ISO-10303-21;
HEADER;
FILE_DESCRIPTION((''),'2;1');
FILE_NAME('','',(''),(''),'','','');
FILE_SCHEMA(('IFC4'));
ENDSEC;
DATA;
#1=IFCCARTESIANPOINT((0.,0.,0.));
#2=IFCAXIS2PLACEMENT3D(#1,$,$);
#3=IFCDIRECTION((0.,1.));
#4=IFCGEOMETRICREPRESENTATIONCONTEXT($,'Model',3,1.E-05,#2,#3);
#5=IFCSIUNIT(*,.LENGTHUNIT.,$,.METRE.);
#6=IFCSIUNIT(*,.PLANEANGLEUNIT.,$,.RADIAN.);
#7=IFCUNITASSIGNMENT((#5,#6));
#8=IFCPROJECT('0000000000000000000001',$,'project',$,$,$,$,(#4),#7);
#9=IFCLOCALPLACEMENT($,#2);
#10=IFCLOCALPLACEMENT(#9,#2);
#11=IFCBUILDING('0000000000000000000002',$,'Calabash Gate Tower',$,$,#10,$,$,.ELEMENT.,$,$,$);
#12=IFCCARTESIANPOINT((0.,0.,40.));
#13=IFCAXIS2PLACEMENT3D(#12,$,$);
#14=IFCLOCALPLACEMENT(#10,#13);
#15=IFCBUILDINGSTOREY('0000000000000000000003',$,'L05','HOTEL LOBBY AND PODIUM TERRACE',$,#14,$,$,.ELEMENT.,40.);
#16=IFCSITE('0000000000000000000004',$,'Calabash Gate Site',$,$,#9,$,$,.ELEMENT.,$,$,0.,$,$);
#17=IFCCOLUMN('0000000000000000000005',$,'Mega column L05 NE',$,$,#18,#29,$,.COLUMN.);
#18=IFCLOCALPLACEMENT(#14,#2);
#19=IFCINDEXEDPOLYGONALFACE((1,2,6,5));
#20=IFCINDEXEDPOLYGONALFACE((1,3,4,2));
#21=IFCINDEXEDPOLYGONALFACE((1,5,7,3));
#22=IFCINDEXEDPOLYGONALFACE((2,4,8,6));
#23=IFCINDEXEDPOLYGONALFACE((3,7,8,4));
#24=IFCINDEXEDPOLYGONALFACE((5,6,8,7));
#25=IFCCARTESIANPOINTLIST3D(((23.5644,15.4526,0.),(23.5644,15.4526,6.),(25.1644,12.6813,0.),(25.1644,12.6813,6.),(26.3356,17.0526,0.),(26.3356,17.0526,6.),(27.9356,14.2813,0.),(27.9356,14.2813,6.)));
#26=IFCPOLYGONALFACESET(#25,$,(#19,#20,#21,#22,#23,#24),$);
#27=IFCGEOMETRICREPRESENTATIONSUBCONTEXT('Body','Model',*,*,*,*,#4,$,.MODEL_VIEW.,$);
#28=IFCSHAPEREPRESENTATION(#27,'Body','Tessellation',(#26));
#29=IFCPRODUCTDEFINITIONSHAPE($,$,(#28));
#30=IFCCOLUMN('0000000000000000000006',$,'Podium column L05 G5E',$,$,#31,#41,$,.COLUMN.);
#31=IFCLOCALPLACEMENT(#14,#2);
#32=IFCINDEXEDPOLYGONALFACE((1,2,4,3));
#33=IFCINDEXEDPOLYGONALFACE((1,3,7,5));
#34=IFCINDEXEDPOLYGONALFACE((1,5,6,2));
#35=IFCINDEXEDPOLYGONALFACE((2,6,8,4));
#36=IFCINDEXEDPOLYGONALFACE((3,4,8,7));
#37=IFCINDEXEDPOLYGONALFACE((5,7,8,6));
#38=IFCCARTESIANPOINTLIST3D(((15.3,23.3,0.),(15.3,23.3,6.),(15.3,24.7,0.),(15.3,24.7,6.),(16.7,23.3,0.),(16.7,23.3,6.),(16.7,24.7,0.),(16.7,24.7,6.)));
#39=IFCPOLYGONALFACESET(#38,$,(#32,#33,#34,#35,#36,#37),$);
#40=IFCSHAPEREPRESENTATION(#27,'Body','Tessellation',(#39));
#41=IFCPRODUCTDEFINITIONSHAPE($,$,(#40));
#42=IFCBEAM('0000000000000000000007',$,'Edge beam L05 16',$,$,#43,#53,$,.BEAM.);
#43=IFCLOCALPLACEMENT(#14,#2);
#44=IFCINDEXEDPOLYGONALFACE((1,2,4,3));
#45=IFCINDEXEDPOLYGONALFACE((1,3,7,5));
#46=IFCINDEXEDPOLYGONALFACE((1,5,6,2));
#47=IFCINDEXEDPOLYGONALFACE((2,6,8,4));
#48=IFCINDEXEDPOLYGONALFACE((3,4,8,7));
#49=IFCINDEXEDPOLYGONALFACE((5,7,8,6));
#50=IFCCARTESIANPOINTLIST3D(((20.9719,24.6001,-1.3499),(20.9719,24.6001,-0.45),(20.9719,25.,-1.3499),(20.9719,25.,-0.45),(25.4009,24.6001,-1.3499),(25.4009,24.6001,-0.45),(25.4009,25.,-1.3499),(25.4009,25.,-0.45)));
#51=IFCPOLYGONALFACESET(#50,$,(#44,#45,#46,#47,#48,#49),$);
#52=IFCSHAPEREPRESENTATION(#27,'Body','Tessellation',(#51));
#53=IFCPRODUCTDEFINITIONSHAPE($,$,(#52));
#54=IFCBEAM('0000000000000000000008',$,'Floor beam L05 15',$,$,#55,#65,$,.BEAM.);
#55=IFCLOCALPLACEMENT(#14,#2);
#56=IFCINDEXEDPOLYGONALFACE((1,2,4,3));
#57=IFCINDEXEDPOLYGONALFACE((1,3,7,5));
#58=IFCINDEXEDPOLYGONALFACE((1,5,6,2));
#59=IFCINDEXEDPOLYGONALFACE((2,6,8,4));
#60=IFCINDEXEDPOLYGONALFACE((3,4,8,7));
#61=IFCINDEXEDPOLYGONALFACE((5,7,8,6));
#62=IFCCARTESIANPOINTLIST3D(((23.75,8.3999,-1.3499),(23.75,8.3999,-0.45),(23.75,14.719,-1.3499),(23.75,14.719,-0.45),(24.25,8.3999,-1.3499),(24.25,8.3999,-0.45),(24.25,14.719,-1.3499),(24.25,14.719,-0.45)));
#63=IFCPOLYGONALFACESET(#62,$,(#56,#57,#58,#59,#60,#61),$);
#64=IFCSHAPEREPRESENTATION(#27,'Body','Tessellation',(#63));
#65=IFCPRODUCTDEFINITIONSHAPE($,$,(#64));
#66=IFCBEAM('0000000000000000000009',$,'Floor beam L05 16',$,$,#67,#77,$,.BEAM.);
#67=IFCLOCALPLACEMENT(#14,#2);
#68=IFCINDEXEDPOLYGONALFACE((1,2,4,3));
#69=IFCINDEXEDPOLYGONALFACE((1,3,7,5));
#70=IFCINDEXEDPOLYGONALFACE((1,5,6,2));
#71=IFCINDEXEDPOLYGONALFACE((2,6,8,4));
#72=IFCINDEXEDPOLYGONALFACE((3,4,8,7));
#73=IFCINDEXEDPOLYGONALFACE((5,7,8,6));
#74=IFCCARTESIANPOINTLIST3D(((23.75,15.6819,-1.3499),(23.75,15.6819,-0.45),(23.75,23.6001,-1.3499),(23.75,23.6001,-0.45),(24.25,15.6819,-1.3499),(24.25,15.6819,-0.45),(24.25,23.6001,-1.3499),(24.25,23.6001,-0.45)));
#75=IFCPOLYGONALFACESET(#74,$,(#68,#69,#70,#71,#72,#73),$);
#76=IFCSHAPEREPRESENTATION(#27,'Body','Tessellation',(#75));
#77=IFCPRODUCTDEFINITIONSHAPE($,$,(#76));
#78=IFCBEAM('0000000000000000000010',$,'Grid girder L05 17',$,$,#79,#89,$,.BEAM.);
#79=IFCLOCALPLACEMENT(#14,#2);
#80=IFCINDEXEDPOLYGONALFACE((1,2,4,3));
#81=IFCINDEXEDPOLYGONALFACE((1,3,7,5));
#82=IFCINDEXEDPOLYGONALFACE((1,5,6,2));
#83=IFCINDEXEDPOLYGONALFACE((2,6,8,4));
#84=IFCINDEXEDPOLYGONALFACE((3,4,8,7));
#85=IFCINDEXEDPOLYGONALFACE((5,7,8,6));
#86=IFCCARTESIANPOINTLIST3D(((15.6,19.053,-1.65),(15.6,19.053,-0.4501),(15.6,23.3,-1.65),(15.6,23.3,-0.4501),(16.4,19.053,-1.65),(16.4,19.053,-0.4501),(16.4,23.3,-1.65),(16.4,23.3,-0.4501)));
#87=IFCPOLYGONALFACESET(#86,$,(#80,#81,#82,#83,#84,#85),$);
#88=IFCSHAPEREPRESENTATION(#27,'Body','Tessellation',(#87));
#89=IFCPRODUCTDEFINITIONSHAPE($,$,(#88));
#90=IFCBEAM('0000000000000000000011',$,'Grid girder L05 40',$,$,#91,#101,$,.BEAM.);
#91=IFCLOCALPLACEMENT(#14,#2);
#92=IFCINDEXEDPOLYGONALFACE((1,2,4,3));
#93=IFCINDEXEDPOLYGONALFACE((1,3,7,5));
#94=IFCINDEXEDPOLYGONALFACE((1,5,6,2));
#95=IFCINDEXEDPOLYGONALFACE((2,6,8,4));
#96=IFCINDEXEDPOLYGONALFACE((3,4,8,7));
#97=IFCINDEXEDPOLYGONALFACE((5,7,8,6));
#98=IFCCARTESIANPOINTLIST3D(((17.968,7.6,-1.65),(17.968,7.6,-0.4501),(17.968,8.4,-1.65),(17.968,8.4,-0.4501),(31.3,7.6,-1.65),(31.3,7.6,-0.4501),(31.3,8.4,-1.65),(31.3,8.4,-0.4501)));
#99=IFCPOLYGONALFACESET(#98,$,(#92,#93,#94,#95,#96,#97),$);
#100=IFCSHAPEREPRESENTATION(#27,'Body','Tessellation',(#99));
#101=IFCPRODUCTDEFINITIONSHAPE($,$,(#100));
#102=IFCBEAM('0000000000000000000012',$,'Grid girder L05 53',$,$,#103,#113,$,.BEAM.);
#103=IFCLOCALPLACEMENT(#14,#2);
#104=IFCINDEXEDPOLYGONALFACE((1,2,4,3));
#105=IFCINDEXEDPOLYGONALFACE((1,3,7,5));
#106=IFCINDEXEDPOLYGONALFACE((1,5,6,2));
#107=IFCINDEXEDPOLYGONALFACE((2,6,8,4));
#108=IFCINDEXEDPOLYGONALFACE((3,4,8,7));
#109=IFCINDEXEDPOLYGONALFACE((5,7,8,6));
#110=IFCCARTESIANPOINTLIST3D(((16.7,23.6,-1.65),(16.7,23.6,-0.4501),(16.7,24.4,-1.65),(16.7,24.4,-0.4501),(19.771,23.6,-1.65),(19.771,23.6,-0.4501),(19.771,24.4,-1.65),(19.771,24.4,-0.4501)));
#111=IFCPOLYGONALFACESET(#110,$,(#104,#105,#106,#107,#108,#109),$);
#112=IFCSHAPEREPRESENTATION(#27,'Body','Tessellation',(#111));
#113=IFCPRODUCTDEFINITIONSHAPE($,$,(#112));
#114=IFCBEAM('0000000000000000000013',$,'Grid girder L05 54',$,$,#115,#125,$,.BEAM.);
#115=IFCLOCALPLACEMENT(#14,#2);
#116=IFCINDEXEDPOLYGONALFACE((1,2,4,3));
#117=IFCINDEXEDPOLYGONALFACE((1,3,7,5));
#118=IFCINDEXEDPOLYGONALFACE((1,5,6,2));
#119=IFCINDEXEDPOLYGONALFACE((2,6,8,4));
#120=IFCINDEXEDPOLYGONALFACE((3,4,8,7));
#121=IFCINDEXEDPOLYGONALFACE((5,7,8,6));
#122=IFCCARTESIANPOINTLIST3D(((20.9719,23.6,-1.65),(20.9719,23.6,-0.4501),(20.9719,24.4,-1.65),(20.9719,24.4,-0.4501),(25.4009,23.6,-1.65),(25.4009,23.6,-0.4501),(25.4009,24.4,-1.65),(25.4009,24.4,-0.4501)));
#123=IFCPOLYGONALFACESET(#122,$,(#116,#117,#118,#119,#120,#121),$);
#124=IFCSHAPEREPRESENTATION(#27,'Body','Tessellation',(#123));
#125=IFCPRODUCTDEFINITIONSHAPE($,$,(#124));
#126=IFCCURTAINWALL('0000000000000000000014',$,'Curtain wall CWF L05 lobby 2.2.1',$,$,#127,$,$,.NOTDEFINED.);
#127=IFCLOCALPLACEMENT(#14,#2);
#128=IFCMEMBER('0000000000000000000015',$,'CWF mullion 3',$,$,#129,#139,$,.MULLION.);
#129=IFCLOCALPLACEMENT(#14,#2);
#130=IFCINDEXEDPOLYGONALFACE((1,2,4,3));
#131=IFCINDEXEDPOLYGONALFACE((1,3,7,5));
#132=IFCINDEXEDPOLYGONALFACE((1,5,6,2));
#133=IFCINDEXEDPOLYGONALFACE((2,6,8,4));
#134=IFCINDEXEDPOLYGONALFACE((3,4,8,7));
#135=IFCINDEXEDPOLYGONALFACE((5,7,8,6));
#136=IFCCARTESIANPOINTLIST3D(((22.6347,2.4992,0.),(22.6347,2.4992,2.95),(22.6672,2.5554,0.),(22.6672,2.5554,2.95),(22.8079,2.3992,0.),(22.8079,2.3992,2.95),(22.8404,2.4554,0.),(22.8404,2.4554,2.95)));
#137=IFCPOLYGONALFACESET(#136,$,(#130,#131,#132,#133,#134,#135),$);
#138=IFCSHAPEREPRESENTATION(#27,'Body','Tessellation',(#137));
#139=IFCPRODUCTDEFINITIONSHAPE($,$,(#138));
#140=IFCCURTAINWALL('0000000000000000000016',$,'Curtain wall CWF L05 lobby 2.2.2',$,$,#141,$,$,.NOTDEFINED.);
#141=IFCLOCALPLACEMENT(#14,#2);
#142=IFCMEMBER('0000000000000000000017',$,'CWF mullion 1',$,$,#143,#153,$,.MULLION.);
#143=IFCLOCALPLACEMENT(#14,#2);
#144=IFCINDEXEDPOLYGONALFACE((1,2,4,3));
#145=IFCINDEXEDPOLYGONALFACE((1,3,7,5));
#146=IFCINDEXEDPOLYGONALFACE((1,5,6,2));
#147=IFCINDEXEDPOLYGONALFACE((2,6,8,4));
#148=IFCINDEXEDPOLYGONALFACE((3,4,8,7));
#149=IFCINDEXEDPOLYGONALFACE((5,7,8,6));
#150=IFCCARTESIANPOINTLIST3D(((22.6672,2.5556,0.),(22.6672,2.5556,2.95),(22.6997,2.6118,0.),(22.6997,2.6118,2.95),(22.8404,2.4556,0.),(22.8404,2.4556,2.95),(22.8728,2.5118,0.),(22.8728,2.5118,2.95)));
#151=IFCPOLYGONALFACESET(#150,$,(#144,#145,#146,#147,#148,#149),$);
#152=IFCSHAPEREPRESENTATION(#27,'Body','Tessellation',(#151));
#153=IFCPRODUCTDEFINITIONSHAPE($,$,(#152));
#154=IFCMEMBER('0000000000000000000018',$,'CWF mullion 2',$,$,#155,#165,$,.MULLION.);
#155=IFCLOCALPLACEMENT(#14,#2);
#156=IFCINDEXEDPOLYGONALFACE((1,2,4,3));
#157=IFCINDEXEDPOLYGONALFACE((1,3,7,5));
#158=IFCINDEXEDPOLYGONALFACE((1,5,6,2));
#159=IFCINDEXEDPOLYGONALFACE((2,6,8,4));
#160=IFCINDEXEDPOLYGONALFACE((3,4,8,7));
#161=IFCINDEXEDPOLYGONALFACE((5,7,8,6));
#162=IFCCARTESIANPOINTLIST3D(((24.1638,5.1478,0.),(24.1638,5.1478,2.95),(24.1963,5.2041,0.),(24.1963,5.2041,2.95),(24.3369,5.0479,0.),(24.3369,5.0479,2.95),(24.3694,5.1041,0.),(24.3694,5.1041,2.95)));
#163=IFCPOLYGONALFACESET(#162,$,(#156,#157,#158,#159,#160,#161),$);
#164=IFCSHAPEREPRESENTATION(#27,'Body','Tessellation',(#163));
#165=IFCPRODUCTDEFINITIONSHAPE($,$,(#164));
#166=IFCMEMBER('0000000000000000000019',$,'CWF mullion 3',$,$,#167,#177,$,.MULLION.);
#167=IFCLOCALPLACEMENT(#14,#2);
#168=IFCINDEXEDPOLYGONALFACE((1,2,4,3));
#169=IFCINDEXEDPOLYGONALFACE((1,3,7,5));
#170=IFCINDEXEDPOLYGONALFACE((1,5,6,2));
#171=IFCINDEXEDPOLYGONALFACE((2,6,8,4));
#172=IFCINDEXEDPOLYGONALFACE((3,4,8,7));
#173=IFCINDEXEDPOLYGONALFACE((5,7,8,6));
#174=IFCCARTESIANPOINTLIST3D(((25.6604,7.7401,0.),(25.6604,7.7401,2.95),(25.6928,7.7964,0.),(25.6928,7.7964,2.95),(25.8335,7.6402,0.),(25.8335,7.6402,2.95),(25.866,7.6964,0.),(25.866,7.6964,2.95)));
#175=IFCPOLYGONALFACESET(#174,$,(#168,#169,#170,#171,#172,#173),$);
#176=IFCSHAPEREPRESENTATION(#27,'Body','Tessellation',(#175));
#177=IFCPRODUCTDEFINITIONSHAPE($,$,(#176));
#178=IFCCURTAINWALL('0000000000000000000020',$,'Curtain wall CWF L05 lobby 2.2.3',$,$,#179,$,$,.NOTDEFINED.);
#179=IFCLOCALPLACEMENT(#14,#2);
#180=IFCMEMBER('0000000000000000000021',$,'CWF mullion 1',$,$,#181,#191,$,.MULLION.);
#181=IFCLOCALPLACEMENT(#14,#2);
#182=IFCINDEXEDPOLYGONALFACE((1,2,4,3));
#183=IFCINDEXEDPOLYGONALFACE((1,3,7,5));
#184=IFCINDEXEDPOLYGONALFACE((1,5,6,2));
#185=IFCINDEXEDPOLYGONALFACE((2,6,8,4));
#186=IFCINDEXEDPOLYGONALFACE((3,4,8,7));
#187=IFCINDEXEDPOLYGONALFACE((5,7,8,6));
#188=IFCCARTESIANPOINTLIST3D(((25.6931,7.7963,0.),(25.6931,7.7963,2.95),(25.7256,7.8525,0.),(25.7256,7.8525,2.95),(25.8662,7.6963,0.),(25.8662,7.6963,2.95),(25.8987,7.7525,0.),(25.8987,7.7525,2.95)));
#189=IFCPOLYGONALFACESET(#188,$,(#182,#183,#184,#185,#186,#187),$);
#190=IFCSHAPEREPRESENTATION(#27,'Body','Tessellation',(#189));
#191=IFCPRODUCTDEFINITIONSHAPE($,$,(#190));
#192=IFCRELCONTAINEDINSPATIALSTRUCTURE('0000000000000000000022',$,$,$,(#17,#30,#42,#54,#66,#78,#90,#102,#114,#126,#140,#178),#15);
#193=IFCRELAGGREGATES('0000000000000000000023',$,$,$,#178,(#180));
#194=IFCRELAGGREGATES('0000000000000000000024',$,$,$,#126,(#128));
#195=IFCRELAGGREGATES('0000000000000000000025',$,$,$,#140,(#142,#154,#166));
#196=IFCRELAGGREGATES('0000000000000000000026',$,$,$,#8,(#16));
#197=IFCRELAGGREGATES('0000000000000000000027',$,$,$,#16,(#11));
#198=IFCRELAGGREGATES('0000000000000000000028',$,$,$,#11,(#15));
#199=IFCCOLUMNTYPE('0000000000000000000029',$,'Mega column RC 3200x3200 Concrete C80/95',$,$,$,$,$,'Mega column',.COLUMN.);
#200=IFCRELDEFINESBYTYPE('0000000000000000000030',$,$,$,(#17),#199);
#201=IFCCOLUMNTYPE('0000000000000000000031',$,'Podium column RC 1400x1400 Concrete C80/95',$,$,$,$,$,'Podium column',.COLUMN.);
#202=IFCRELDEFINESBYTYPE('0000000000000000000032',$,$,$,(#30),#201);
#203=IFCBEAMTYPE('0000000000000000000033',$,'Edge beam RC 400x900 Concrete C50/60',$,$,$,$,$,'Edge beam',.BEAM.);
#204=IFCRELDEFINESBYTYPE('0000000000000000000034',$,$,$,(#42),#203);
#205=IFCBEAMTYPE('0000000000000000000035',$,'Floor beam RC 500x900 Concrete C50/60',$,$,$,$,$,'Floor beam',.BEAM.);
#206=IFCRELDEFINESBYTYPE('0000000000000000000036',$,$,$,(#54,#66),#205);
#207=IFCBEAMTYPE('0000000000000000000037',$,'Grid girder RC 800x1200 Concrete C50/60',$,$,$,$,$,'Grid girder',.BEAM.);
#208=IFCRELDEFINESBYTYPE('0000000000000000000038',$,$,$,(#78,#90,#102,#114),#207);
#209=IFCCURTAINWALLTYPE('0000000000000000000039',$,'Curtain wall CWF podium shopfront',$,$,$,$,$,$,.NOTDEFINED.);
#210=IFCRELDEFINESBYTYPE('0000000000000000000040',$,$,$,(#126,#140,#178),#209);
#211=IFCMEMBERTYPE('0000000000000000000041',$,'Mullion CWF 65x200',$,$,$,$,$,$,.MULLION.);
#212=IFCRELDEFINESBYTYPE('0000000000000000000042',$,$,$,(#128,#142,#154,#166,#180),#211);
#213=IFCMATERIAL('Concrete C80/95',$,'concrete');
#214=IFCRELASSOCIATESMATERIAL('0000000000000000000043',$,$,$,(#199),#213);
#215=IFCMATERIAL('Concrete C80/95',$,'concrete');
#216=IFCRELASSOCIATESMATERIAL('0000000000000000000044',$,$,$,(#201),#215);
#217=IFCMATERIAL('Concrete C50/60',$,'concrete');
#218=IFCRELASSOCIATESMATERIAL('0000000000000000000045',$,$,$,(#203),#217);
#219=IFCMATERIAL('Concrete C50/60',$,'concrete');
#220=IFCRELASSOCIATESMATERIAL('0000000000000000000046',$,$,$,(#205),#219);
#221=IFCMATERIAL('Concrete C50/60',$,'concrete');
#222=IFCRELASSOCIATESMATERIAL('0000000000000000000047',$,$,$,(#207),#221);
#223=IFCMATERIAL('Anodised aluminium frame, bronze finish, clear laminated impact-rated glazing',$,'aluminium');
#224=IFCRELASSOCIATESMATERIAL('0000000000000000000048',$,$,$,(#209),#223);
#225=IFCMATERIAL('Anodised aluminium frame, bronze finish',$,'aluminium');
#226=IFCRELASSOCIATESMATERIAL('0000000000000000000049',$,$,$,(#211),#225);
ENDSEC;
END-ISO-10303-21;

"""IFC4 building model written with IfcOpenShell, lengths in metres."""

from ifc_helpers import new_model, si_unit, direction, frame, origin, origin_2d, place, context, subcontext, project, spatial, rectangle, extrude, material, material_profile, profile_set, type_object, element, aggregate, save


model = new_model("IFC4")

# Units and contexts
model_context = context("Model", 3, precision=1e-05, world=origin(), true_north=direction((0.0, 1.0)))
body_context = subcontext(model_context, "Body", "Model", "MODEL_VIEW")
ifc_project = project(units=[si_unit("LENGTHUNIT", "METRE"), si_unit("PLANEANGLEUNIT", "RADIAN")], contexts=[model_context])

# Site, building, storey
site_placement = place(None, origin())
site = spatial("IfcSite", under=ifc_project, at=site_placement, Name="Calabash Gate Site", CompositionType="ELEMENT", RefElevation=0.0)
building_placement = place(site_placement, origin())
building = spatial("IfcBuilding", under=site, at=building_placement, Name="Calabash Gate Tower", CompositionType="ELEMENT")
storey_placement = place(building_placement, frame((0.0, 0.0, 40.0)))
storey = spatial("IfcBuildingStorey", under=building, at=storey_placement, Name="L05", Description="HOTEL LOBBY AND PODIUM TERRACE", CompositionType="ELEMENT", Elevation=40.0)

# Columns
ifc_material_1 = material(Name="Concrete C80/95", Category="concrete")
ifc_material_profile_1 = material_profile(ifc_material_1, rectangle(XDim=3.2, YDim=3.2, at=origin_2d()))
ifc_profile_set_1 = profile_set([ifc_material_profile_1], Name="Concrete C80/95")
column_type_1 = type_object("IfcColumnType", Name="Mega column RC 3200x3200 Concrete C80/95", ElementType="Mega column", PredefinedType="COLUMN", material=ifc_profile_set_1)
column_1_placement = place(storey_placement, frame((25.75, 14.8669, 0.0), z_axis=(0.0, 0.0, 1.0), x_axis=(-0.866025, -0.5, 0.0)))
element("IfcColumn", 1, at=column_1_placement, inside=storey, type_object=column_type_1, Name="Mega column L05 NE", PredefinedType="COLUMN", context=body_context, shape_type="SweptSolid", body=[
    extrude(rectangle(XDim=3.2, YDim=3.2, at=origin_2d()), origin(), (0.0, 0.0, 1.0), 6.0),
])
ifc_material_2 = material(Name="Concrete C80/95", Category="concrete")
ifc_material_profile_2 = material_profile(ifc_material_2, rectangle(XDim=1.3999, YDim=1.3999, at=origin_2d()))
ifc_profile_set_2 = profile_set([ifc_material_profile_2], Name="Concrete C80/95")
column_type_2 = type_object("IfcColumnType", Name="Podium column RC 1400x1400 Concrete C80/95", ElementType="Podium column", PredefinedType="COLUMN", material=ifc_profile_set_2)
column_2_placement = place(storey_placement, frame((16.0, 24.0, 0.0), z_axis=(0.0, 0.0, 1.0), x_axis=(1.0, 0.0, 0.0)))
element("IfcColumn", 2, at=column_2_placement, inside=storey, type_object=column_type_2, Name="Podium column L05 G5E", PredefinedType="COLUMN", context=body_context, shape_type="SweptSolid", body=[
    extrude(rectangle(XDim=1.3999, YDim=1.3999, at=origin_2d()), origin(), (0.0, 0.0, 1.0), 6.0),
])

# Beams
ifc_material_3 = material(Name="Concrete C50/60", Category="concrete")
ifc_material_profile_3 = material_profile(ifc_material_3, rectangle(XDim=0.3999, YDim=0.8999, at=origin_2d()))
ifc_profile_set_3 = profile_set([ifc_material_profile_3], Name="Concrete C50/60")
beam_type_1 = type_object("IfcBeamType", Name="Edge beam RC 400x900 Concrete C50/60", ElementType="Edge beam", PredefinedType="BEAM", material=ifc_profile_set_3)
beam_1_placement = place(storey_placement, frame((20.9719, 24.8, -0.8999), z_axis=(1.0, 0.0, 0.0), x_axis=(0.0, 1.0, 0.0)))
element("IfcBeam", 3, at=beam_1_placement, inside=storey, type_object=beam_type_1, Name="Edge beam L05 16", PredefinedType="BEAM", context=body_context, shape_type="SweptSolid", body=[
    extrude(rectangle(XDim=0.3999, YDim=0.8999, at=origin_2d()), origin(), (0.0, 0.0, 1.0), 4.429),
])
ifc_material_4 = material(Name="Concrete C50/60", Category="concrete")
ifc_material_profile_4 = material_profile(ifc_material_4, rectangle(XDim=0.5, YDim=0.8999, at=origin_2d()))
ifc_profile_set_4 = profile_set([ifc_material_profile_4], Name="Concrete C50/60")
beam_type_2 = type_object("IfcBeamType", Name="Floor beam RC 500x900 Concrete C50/60", ElementType="Floor beam", PredefinedType="BEAM", material=ifc_profile_set_4)
beam_2_placement = place(storey_placement, frame((24.0, 8.3999, -0.8999), z_axis=(0.0, 1.0, 0.0), x_axis=(-1.0, 0.0, 0.0)))
element("IfcBeam", 4, at=beam_2_placement, inside=storey, type_object=beam_type_2, Name="Floor beam L05 15", PredefinedType="BEAM", context=body_context, shape_type="SweptSolid", body=[
    extrude(rectangle(XDim=0.5, YDim=0.8999, at=origin_2d()), origin(), (0.0, 0.0, 1.0), 6.3191),
])
beam_3_placement = place(storey_placement, frame((24.0, 15.6819, -0.8999), z_axis=(0.0, 1.0, 0.0), x_axis=(-1.0, 0.0, 0.0)))
element("IfcBeam", 5, at=beam_3_placement, inside=storey, type_object=beam_type_2, Name="Floor beam L05 16", PredefinedType="BEAM", context=body_context, shape_type="SweptSolid", body=[
    extrude(rectangle(XDim=0.5, YDim=0.8999, at=origin_2d()), origin(), (0.0, 0.0, 1.0), 7.9182),
])
ifc_material_5 = material(Name="Concrete C50/60", Category="concrete")
ifc_material_profile_5 = material_profile(ifc_material_5, rectangle(XDim=0.8, YDim=1.2, at=origin_2d()))
ifc_profile_set_5 = profile_set([ifc_material_profile_5], Name="Concrete C50/60")
beam_type_3 = type_object("IfcBeamType", Name="Grid girder RC 800x1200 Concrete C50/60", ElementType="Grid girder", PredefinedType="BEAM", material=ifc_profile_set_5)
beam_4_placement = place(storey_placement, frame((16.0, 19.053, -1.05), z_axis=(0.0, 1.0, 0.0), x_axis=(-1.0, 0.0, 0.0)))
element("IfcBeam", 6, at=beam_4_placement, inside=storey, type_object=beam_type_3, Name="Grid girder L05 17", PredefinedType="BEAM", context=body_context, shape_type="SweptSolid", body=[
    extrude(rectangle(XDim=0.8, YDim=1.2, at=origin_2d()), origin(), (0.0, 0.0, 1.0), 4.2471),
])
beam_5_placement = place(storey_placement, frame((17.968, 8.0, -1.05), z_axis=(1.0, 0.0, 0.0), x_axis=(0.0, 1.0, 0.0)))
element("IfcBeam", 7, at=beam_5_placement, inside=storey, type_object=beam_type_3, Name="Grid girder L05 40", PredefinedType="BEAM", context=body_context, shape_type="SweptSolid", body=[
    extrude(rectangle(XDim=0.8, YDim=1.2, at=origin_2d()), origin(), (0.0, 0.0, 1.0), 13.332),
])
beam_6_placement = place(storey_placement, frame((16.7, 24.0, -1.05), z_axis=(1.0, 0.0, 0.0), x_axis=(0.0, 1.0, 0.0)))
element("IfcBeam", 8, at=beam_6_placement, inside=storey, type_object=beam_type_3, Name="Grid girder L05 53", PredefinedType="BEAM", context=body_context, shape_type="SweptSolid", body=[
    extrude(rectangle(XDim=0.8, YDim=1.2, at=origin_2d()), origin(), (0.0, 0.0, 1.0), 3.071),
])
beam_7_placement = place(storey_placement, frame((20.9719, 24.0, -1.05), z_axis=(1.0, 0.0, 0.0), x_axis=(0.0, 1.0, 0.0)))
element("IfcBeam", 9, at=beam_7_placement, inside=storey, type_object=beam_type_3, Name="Grid girder L05 54", PredefinedType="BEAM", context=body_context, shape_type="SweptSolid", body=[
    extrude(rectangle(XDim=0.8, YDim=1.2, at=origin_2d()), origin(), (0.0, 0.0, 1.0), 4.429),
])

# Curtain wall, member
ifc_material_6 = material(Name="Anodised aluminium frame, bronze finish, clear laminated impact-rated glazing", Category="aluminium")
curtain_wall_type = type_object("IfcCurtainWallType", Name="Curtain wall CWF podium shopfront", PredefinedType="NOTDEFINED", material=ifc_material_6)
curtain_wall_1_placement = place(storey_placement, origin())
curtain_wall_1 = element("IfcCurtainWall", 10, at=curtain_wall_1_placement, inside=storey, type_object=curtain_wall_type, Name="Curtain wall CWF L05 lobby 2.2.1", PredefinedType="NOTDEFINED")
ifc_material_7 = material(Name="Anodised aluminium frame, bronze finish", Category="aluminium")
ifc_material_profile_6 = material_profile(ifc_material_7, rectangle(XDim=0.2, YDim=0.0649, at=origin_2d()))
ifc_profile_set_6 = profile_set([ifc_material_profile_6], Name="Anodised aluminium frame, bronze finish")
member_type_1 = type_object("IfcMemberType", Name="Mullion CWF 65x200", PredefinedType="MULLION", material=ifc_profile_set_6)
member_1_placement = place(storey_placement, frame((22.7375, 2.4773, 0.0), z_axis=(0.0, 0.0, 1.0), x_axis=(-0.866025, 0.5, 0.0)))
member_1 = element("IfcMember", 11, at=member_1_placement, type_object=member_type_1, Name="CWF mullion 3", PredefinedType="MULLION", context=body_context, shape_type="SweptSolid", body=[
    extrude(rectangle(XDim=0.2, YDim=0.0649, at=origin_2d()), origin(), (0.0, 0.0, 1.0), 2.95),
])

# Curtain wall, members
curtain_wall_2_placement = place(storey_placement, origin())
curtain_wall_2 = element("IfcCurtainWall", 12, at=curtain_wall_2_placement, inside=storey, type_object=curtain_wall_type, Name="Curtain wall CWF L05 lobby 2.2.2", PredefinedType="NOTDEFINED")
member_2_placement = place(storey_placement, frame((22.77, 2.5337, 0.0), z_axis=(0.0, 0.0, 1.0), x_axis=(-0.866025, 0.5, 0.0)))
member_2 = element("IfcMember", 13, at=member_2_placement, type_object=member_type_1, Name="CWF mullion 1", PredefinedType="MULLION", context=body_context, shape_type="SweptSolid", body=[
    extrude(rectangle(XDim=0.2, YDim=0.0649, at=origin_2d()), origin(), (0.0, 0.0, 1.0), 2.95),
])
member_3_placement = place(storey_placement, frame((24.2666, 5.126, 0.0), z_axis=(0.0, 0.0, 1.0), x_axis=(-0.866025, 0.5, 0.0)))
member_3 = element("IfcMember", 14, at=member_3_placement, type_object=member_type_1, Name="CWF mullion 2", PredefinedType="MULLION", context=body_context, shape_type="SweptSolid", body=[
    extrude(rectangle(XDim=0.2, YDim=0.0649, at=origin_2d()), origin(), (0.0, 0.0, 1.0), 2.95),
])
member_4_placement = place(storey_placement, frame((25.7632, 7.7183, 0.0), z_axis=(0.0, 0.0, 1.0), x_axis=(-0.866025, 0.5, 0.0)))
member_4 = element("IfcMember", 15, at=member_4_placement, type_object=member_type_1, Name="CWF mullion 3", PredefinedType="MULLION", context=body_context, shape_type="SweptSolid", body=[
    extrude(rectangle(XDim=0.2, YDim=0.0649, at=origin_2d()), origin(), (0.0, 0.0, 1.0), 2.95),
])

# Curtain wall, member
curtain_wall_3_placement = place(storey_placement, origin())
curtain_wall_3 = element("IfcCurtainWall", 16, at=curtain_wall_3_placement, inside=storey, type_object=curtain_wall_type, Name="Curtain wall CWF L05 lobby 2.2.3", PredefinedType="NOTDEFINED")
member_5_placement = place(storey_placement, frame((25.7959, 7.7744, 0.0), z_axis=(0.0, 0.0, 1.0), x_axis=(-0.866025, 0.5, 0.0)))
member_5 = element("IfcMember", 17, at=member_5_placement, type_object=member_type_1, Name="CWF mullion 1", PredefinedType="MULLION", context=body_context, shape_type="SweptSolid", body=[
    extrude(rectangle(XDim=0.2, YDim=0.0649, at=origin_2d()), origin(), (0.0, 0.0, 1.0), 2.95),
])

aggregate(curtain_wall_3, [member_5])

aggregate(curtain_wall_1, [member_1])
aggregate(curtain_wall_2, [member_2, member_3, member_4])

save(model, "model.ifc")
